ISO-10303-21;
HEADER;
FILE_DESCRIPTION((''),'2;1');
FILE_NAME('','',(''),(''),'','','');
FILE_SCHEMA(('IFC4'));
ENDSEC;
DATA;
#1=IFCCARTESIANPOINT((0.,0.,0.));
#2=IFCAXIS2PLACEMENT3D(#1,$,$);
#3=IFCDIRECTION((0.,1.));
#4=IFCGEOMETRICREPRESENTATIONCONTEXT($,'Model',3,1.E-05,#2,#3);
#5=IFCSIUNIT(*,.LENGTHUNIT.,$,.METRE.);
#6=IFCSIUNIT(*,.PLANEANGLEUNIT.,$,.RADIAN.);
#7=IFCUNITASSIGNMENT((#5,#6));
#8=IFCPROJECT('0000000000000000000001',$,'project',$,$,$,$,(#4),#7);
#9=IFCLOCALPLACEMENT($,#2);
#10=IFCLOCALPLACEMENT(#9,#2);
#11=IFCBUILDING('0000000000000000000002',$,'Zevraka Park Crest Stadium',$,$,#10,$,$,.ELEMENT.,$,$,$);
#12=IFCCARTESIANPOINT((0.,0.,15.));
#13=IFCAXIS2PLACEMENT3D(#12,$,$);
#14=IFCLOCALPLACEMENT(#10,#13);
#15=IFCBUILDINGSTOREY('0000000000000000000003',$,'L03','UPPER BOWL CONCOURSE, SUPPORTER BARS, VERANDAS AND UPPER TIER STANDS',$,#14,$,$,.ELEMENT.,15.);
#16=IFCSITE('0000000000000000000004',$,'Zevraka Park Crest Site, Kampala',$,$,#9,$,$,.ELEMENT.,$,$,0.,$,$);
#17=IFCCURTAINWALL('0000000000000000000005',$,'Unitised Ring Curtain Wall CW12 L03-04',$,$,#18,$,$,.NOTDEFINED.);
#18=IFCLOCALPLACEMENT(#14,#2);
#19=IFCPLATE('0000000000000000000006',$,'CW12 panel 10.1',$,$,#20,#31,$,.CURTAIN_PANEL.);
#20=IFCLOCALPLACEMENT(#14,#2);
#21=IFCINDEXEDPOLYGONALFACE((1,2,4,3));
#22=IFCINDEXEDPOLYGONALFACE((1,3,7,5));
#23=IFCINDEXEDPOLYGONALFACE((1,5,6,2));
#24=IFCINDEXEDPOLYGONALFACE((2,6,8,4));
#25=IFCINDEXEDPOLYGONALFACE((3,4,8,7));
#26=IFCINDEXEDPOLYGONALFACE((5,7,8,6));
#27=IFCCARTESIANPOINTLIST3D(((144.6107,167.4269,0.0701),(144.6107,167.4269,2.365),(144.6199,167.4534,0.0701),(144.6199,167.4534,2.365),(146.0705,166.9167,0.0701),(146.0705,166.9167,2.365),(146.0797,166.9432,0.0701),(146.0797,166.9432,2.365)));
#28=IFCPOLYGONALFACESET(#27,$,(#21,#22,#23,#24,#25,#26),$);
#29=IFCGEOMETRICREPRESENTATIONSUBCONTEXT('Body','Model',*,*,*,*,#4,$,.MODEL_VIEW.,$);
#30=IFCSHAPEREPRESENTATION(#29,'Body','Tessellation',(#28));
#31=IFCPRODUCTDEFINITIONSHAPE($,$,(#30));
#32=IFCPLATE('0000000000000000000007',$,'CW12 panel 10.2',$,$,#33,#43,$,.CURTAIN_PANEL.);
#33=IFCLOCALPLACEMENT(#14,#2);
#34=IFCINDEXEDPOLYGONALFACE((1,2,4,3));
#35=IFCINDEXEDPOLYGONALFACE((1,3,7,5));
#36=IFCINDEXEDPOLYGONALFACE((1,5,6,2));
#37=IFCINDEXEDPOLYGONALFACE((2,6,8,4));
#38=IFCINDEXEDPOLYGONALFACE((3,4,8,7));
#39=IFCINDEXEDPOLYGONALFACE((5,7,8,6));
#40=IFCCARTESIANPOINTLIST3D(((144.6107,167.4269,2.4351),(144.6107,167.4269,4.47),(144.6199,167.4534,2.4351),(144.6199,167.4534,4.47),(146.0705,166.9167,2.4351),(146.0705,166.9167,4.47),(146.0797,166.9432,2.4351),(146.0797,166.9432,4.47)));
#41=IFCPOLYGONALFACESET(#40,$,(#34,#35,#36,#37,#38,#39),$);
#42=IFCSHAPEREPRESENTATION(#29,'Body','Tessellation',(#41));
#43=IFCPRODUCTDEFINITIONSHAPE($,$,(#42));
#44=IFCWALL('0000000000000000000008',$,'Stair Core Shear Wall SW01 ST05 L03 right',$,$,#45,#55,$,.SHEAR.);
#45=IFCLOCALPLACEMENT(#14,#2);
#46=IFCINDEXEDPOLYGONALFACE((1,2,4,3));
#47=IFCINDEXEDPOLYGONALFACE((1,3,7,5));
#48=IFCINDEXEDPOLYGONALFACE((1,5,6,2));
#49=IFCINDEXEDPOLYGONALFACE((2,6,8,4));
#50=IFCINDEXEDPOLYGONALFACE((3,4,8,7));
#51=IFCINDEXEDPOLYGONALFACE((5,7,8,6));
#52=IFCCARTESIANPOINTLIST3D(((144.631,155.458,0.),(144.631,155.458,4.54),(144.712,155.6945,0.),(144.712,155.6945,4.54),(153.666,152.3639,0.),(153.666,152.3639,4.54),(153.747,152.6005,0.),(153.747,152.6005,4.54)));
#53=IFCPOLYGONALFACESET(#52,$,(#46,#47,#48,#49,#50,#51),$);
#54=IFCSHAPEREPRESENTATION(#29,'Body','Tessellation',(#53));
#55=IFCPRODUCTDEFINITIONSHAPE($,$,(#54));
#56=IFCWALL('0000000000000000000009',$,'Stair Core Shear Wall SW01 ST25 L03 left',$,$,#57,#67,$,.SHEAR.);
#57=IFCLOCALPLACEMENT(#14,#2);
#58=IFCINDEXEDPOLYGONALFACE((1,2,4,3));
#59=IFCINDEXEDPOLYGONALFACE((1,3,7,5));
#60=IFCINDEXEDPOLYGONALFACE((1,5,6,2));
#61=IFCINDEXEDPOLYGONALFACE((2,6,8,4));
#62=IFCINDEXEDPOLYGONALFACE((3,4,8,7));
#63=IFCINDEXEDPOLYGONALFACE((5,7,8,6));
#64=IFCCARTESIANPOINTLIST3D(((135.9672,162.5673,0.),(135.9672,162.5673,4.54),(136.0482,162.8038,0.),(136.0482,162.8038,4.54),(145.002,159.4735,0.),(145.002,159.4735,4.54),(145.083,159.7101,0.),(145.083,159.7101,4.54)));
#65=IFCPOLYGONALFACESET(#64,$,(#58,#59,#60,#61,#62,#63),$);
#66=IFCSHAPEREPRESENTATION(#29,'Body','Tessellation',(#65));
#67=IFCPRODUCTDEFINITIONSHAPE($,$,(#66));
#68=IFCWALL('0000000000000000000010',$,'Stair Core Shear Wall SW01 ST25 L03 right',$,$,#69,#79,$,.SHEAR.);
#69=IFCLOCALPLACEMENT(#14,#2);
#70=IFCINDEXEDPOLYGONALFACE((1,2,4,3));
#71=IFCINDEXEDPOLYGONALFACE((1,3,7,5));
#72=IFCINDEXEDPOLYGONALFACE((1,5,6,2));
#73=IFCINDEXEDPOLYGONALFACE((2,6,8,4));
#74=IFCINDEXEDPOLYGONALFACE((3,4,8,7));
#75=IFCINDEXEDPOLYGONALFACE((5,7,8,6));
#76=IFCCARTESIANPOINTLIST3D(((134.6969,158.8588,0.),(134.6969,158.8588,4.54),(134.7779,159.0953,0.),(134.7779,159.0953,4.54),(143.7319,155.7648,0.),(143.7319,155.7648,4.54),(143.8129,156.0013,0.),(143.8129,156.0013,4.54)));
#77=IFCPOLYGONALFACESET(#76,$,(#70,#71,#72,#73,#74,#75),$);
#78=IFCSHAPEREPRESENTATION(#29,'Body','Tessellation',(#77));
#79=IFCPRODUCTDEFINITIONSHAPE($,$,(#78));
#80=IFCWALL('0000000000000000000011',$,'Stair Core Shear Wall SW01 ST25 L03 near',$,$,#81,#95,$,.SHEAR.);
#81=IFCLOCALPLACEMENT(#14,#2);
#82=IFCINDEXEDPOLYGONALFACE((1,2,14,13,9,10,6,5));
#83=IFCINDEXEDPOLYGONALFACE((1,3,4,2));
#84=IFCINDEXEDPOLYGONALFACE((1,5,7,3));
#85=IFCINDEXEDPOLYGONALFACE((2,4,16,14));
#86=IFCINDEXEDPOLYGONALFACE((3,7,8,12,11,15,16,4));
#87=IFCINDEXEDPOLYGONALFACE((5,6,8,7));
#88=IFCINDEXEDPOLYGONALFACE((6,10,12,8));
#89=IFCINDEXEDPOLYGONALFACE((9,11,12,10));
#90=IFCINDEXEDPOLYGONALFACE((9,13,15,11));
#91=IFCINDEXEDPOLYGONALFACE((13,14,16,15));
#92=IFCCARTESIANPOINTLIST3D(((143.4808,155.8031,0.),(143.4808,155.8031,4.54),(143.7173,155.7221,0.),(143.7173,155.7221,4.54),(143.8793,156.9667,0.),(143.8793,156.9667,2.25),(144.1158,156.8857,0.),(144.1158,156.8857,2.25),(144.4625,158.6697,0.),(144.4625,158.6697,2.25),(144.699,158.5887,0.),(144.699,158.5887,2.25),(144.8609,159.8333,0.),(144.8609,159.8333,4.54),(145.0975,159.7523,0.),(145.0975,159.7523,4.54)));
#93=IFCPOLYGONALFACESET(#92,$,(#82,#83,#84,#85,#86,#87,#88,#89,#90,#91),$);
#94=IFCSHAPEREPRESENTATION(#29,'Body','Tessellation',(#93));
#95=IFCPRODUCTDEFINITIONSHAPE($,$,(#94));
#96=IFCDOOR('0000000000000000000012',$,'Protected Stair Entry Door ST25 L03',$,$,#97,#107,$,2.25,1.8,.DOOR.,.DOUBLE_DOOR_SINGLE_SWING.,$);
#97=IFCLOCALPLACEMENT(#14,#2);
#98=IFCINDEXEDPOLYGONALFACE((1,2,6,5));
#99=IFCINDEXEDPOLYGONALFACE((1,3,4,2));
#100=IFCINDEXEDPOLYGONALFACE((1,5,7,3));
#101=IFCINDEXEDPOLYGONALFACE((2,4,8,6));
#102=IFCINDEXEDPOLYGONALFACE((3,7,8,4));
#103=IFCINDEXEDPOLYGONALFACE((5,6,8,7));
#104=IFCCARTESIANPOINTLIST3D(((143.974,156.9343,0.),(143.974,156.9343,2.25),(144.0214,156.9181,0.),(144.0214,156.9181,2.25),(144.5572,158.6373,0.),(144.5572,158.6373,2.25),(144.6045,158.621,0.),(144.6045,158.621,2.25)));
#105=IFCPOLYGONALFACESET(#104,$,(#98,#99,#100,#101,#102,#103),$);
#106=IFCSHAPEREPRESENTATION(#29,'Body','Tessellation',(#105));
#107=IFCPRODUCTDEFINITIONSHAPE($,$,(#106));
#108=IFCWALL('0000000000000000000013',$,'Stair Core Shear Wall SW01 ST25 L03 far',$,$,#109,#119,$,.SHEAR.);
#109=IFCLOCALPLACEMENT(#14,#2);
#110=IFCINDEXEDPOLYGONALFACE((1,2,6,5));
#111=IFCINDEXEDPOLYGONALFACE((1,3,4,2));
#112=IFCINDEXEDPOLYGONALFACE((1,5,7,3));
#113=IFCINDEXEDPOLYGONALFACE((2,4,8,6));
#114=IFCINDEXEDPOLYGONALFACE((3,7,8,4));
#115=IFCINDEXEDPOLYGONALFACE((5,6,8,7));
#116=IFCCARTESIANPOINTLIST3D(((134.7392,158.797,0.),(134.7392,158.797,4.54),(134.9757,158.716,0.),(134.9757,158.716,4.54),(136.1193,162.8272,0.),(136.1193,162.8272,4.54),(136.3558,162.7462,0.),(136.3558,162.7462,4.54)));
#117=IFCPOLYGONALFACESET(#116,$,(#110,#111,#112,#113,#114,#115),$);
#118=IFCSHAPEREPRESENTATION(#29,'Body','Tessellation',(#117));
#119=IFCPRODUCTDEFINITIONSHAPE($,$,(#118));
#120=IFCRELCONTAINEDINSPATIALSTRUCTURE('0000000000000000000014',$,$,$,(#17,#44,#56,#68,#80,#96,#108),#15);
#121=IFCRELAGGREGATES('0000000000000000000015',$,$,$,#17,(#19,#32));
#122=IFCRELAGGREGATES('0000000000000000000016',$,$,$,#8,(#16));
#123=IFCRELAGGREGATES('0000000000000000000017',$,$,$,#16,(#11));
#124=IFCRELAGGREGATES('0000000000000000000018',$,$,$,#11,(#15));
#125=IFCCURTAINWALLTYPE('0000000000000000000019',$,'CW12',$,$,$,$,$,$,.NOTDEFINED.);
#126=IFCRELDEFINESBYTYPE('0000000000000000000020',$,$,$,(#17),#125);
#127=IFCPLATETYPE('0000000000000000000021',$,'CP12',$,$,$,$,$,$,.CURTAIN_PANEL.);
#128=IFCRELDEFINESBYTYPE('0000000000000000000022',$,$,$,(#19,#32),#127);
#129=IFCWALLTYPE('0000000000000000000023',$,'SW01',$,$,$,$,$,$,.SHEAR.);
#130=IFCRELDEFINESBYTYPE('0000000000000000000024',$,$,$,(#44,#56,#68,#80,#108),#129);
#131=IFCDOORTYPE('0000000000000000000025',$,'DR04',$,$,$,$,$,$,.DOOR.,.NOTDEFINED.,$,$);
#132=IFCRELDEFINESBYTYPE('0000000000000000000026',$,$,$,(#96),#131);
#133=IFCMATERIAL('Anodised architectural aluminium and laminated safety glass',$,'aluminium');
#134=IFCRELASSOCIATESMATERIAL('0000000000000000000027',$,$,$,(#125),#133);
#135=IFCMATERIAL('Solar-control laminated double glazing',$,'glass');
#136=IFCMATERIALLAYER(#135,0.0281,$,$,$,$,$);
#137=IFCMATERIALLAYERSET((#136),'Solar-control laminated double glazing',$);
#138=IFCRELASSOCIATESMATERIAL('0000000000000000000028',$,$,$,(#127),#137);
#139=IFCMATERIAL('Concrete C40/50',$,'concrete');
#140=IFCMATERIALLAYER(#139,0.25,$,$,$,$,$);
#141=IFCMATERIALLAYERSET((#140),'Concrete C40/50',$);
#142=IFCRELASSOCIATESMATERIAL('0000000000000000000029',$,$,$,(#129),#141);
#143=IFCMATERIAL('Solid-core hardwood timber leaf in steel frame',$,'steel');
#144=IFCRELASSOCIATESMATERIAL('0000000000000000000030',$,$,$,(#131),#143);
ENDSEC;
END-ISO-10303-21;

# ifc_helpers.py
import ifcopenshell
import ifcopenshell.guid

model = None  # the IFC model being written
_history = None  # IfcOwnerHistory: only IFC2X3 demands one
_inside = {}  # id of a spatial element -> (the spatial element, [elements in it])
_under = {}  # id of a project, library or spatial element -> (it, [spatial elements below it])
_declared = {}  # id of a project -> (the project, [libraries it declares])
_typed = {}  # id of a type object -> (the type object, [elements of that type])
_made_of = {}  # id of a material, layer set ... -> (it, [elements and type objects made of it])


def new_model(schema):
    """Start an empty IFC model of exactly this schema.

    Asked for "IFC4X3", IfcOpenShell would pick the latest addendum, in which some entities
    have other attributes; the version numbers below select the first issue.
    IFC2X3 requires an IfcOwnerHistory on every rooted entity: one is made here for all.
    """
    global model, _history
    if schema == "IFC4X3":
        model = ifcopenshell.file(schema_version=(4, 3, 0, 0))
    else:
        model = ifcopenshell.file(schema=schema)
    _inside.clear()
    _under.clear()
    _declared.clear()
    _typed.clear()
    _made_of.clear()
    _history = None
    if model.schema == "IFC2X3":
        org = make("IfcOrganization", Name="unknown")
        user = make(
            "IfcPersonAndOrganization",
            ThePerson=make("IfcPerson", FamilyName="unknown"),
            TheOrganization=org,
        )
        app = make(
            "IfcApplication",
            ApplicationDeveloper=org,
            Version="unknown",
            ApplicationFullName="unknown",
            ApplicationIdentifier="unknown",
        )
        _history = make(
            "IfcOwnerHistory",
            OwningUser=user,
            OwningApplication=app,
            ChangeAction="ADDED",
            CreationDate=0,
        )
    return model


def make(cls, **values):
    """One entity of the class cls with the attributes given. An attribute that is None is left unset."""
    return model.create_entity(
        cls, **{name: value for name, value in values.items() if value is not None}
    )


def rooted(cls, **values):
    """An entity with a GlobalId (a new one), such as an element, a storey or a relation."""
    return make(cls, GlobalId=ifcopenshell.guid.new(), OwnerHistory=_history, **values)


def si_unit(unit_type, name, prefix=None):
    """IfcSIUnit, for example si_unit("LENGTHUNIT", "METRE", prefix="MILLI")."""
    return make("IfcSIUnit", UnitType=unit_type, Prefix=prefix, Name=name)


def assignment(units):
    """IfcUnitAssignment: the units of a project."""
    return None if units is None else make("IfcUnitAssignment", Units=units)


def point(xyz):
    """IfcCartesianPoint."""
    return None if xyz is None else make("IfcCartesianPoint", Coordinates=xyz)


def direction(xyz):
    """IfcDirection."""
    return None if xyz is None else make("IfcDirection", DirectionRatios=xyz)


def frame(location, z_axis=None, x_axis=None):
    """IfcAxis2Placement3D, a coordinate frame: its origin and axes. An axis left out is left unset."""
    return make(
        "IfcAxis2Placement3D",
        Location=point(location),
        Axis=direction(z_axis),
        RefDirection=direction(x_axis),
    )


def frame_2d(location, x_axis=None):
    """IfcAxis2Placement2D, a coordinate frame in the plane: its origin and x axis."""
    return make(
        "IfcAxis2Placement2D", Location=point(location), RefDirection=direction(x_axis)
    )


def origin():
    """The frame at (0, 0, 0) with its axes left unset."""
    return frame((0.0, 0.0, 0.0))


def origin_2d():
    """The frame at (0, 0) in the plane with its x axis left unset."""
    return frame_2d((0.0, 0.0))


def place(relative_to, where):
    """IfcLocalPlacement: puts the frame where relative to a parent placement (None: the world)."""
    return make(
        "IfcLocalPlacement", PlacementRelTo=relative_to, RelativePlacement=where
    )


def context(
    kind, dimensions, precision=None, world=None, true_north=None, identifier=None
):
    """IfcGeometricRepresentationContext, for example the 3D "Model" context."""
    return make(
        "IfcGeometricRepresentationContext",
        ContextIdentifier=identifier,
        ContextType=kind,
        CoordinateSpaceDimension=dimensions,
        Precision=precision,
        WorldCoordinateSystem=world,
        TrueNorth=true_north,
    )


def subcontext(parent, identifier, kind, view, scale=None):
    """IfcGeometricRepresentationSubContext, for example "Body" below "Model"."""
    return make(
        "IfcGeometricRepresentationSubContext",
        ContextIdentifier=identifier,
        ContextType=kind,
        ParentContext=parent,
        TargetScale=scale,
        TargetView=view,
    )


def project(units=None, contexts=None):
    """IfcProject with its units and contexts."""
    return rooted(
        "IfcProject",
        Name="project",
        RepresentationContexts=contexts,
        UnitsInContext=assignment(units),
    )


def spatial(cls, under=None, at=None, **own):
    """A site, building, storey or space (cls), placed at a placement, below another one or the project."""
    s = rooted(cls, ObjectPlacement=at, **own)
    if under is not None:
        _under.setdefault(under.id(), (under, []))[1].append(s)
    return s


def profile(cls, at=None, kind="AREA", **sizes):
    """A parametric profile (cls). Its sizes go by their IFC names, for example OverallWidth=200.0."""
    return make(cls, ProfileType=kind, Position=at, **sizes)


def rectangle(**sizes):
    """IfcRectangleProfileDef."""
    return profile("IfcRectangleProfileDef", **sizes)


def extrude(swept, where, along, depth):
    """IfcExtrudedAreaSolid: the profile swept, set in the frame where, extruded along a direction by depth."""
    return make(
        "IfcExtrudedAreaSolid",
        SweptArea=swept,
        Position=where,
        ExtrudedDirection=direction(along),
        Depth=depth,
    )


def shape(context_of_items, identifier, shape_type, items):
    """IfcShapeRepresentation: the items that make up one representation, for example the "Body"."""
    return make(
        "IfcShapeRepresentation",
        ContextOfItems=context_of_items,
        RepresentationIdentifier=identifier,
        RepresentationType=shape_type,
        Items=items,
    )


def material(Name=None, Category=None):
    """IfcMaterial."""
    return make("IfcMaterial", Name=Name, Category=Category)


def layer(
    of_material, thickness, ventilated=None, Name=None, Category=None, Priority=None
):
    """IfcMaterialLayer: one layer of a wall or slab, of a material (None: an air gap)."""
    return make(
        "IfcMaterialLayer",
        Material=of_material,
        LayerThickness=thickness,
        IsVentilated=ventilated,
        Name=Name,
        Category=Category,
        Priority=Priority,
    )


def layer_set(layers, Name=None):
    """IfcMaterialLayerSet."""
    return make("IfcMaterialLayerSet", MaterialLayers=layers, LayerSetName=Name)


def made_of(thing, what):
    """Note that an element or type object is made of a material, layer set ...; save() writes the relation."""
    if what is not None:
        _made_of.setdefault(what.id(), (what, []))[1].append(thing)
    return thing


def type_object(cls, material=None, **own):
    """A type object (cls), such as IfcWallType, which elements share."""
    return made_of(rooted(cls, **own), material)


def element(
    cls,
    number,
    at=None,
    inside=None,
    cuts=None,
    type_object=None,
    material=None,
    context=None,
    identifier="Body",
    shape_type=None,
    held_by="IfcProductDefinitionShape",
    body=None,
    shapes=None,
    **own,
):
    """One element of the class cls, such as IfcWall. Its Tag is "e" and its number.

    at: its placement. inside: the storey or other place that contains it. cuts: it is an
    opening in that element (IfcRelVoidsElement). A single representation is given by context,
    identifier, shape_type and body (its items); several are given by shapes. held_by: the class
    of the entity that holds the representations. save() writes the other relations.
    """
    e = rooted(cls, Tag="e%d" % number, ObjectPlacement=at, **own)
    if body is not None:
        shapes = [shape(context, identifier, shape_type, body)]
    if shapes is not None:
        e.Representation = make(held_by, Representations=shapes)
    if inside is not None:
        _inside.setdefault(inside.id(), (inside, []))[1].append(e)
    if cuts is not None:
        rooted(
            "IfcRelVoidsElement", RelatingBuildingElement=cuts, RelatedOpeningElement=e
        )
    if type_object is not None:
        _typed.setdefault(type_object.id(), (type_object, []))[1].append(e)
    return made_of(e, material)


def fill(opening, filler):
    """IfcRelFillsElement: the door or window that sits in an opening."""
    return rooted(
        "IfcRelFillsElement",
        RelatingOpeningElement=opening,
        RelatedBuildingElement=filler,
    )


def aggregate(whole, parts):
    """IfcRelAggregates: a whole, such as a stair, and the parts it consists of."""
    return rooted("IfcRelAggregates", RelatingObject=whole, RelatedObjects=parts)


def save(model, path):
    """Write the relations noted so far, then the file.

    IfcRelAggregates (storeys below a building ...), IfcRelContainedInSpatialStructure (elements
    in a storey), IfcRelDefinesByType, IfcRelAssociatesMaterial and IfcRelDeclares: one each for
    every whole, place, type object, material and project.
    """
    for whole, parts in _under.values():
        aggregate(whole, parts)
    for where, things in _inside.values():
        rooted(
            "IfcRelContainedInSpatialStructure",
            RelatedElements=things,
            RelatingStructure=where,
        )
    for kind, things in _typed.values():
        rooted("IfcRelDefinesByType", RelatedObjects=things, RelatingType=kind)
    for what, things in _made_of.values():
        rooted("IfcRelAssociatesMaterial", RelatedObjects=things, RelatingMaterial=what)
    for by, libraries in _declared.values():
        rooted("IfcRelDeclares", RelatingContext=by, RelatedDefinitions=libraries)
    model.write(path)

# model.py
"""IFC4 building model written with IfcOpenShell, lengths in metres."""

from ifc_helpers import new_model, si_unit, direction, frame, frame_2d, origin, origin_2d, place, context, subcontext, project, spatial, rectangle, extrude, material, layer, layer_set, type_object, element, fill, aggregate, save


model = new_model("IFC4")

# Units and contexts
model_context = context("Model", 3, precision=1e-05, world=origin(), true_north=direction((0.0, 1.0)))
body_context = subcontext(model_context, "Body", "Model", "MODEL_VIEW")
ifc_project = project(units=[si_unit("LENGTHUNIT", "METRE"), si_unit("PLANEANGLEUNIT", "RADIAN")], contexts=[model_context])

# Site, building, storey
site_placement = place(None, origin())
site = spatial("IfcSite", under=ifc_project, at=site_placement, Name="Zevraka Park Crest Site, Kampala", CompositionType="ELEMENT", RefElevation=0.0)
building_placement = place(site_placement, origin())
building = spatial("IfcBuilding", under=site, at=building_placement, Name="Zevraka Park Crest Stadium", CompositionType="ELEMENT")
storey_placement = place(building_placement, frame((0.0, 0.0, 15.0)))
storey = spatial("IfcBuildingStorey", under=building, at=storey_placement, Name="L03", Description="UPPER BOWL CONCOURSE, SUPPORTER BARS, VERANDAS AND UPPER TIER STANDS", CompositionType="ELEMENT", Elevation=15.0)

# Curtain wall
ifc_material_1 = material(Name="Anodised architectural aluminium and laminated safety glass", Category="aluminium")
curtain_wall_type = type_object("IfcCurtainWallType", Name="CW12", PredefinedType="NOTDEFINED", material=ifc_material_1)
curtain_wall_placement = place(storey_placement, origin())
curtain_wall = element("IfcCurtainWall", 1, at=curtain_wall_placement, inside=storey, type_object=curtain_wall_type, Name="Unitised Ring Curtain Wall CW12 L03-04", PredefinedType="NOTDEFINED")

# Plates
ifc_material_2 = material(Name="Solar-control laminated double glazing", Category="glass")
ifc_layer_1 = layer(ifc_material_2, 0.0281)
ifc_layer_set_1 = layer_set([ifc_layer_1], Name="Solar-control laminated double glazing")
plate_type = type_object("IfcPlateType", Name="CP12", PredefinedType="CURTAIN_PANEL", material=ifc_layer_set_1)
plate_1_placement = place(storey_placement, frame((145.3452, 167.1851, 0.0701), z_axis=(0.0, 0.0, 1.0), x_axis=(-0.94401, 0.329917, 0.0)))
plate_1 = element("IfcPlate", 2, at=plate_1_placement, type_object=plate_type, Name="CW12 panel 10.1", PredefinedType="CURTAIN_PANEL", context=body_context, shape_type="SweptSolid", body=[
    extrude(rectangle(XDim=1.5464, YDim=0.0281, at=origin_2d()), origin(), (0.0, 0.0, 1.0), 2.2949),
])
plate_2_placement = place(storey_placement, frame((145.3452, 167.1851, 2.4351), z_axis=(0.0, 0.0, 1.0), x_axis=(-0.94401, 0.329917, 0.0)))
plate_2 = element("IfcPlate", 3, at=plate_2_placement, type_object=plate_type, Name="CW12 panel 10.2", PredefinedType="CURTAIN_PANEL", context=body_context, shape_type="SweptSolid", body=[
    extrude(rectangle(XDim=1.5464, YDim=0.0281, at=origin_2d()), origin(), (0.0, 0.0, 1.0), 2.0349),
])
aggregate(curtain_wall, [plate_1, plate_2])

# Walls
ifc_material_3 = material(Name="Concrete C40/50", Category="concrete")
ifc_layer_2 = layer(ifc_material_3, 0.25)
ifc_layer_set_2 = layer_set([ifc_layer_2], Name="Concrete C40/50")
wall_type = type_object("IfcWallType", Name="SW01", PredefinedType="SHEAR", material=ifc_layer_set_2)
wall_1_placement = place(storey_placement, frame((144.6716, 155.5762, 0.0), z_axis=(0.0, 0.0, 1.0), x_axis=(0.946064, -0.323979, 0.0)))
element("IfcWall", 4, at=wall_1_placement, inside=storey, type_object=wall_type, Name="Stair Core Shear Wall SW01 ST05 L03 right", PredefinedType="SHEAR", context=body_context, shape_type="SweptSolid", body=[
    extrude(rectangle(XDim=9.55, YDim=0.25, at=frame_2d((4.7749, 0.0))), origin(), (0.0, 0.0, 1.0), 4.54),
])
wall_2_placement = place(storey_placement, frame((145.0425, 159.5918, 0.0), z_axis=(0.0, 0.0, 1.0), x_axis=(-0.946072, 0.323956, 0.0)))
element("IfcWall", 5, at=wall_2_placement, inside=storey, type_object=wall_type, Name="Stair Core Shear Wall SW01 ST25 L03 left", PredefinedType="SHEAR", context=body_context, shape_type="SweptSolid", body=[
    extrude(rectangle(XDim=9.5498, YDim=0.25, at=frame_2d((4.7749, 0.0))), origin(), (0.0, 0.0, 1.0), 4.54),
])
wall_3_placement = place(storey_placement, frame((134.7375, 158.9771, 0.0), z_axis=(0.0, 0.0, 1.0), x_axis=(0.946064, -0.323979, 0.0)))
element("IfcWall", 6, at=wall_3_placement, inside=storey, type_object=wall_type, Name="Stair Core Shear Wall SW01 ST25 L03 right", PredefinedType="SHEAR", context=body_context, shape_type="SweptSolid", body=[
    extrude(rectangle(XDim=9.55, YDim=0.25, at=frame_2d((4.7749, 0.0))), origin(), (0.0, 0.0, 1.0), 4.54),
])

# Wall, opening, door
wall_4_placement = place(storey_placement, frame((143.5991, 155.7627, 0.0), z_axis=(0.0, 0.0, 1.0), x_axis=(0.323971, 0.946067, 0.0)))
wall_4 = element("IfcWall", 7, at=wall_4_placement, inside=storey, type_object=wall_type, Name="Stair Core Shear Wall SW01 ST25 L03 near", PredefinedType="SHEAR", context=body_context, shape_type="SweptSolid", body=[
    extrude(rectangle(XDim=4.26, YDim=0.25, at=frame_2d((2.1299, 0.0))), origin(), (0.0, 0.0, 1.0), 4.54),
])
opening_placement = place(wall_4_placement, frame((1.23, 0.0, 0.0)))
opening = element("IfcOpeningElement", 8, at=opening_placement, cuts=wall_4, PredefinedType="OPENING", context=body_context, shape_type="SweptSolid", body=[
    extrude(rectangle(XDim=1.8, YDim=2.25, at=frame_2d((0.8999, 1.125))), frame((0.0, 0.135, 0.0), z_axis=(0.0, -1.0, 0.0), x_axis=(1.0, 0.0, 0.0)), (0.0, 0.0, 1.0), 0.27),
])
ifc_material_4 = material(Name="Solid-core hardwood timber leaf in steel frame", Category="steel")
door_type = type_object("IfcDoorType", Name="DR04", OperationType="NOTDEFINED", PredefinedType="DOOR", material=ifc_material_4)
door_placement = place(opening_placement, origin())
door = element("IfcDoor", 9, at=door_placement, inside=storey, type_object=door_type, Name="Protected Stair Entry Door ST25 L03", OperationType="DOUBLE_DOOR_SINGLE_SWING", OverallHeight=2.25, OverallWidth=1.8, PredefinedType="DOOR", context=body_context, shape_type="SweptSolid", body=[
    extrude(rectangle(XDim=1.8, YDim=2.25, at=frame_2d((0.8999, 1.125))), frame((0.0, 0.0249, 0.0), z_axis=(0.0, -1.0, 0.0), x_axis=(1.0, 0.0, 0.0)), (0.0, 0.0, 1.0), 0.05),
])
fill(opening, door)

# Wall
wall_5_placement = place(storey_placement, frame((136.2375, 162.7866, 0.0), z_axis=(0.0, 0.0, 1.0), x_axis=(-0.323971, -0.946067, 0.0)))
element("IfcWall", 10, at=wall_5_placement, inside=storey, type_object=wall_type, Name="Stair Core Shear Wall SW01 ST25 L03 far", PredefinedType="SHEAR", context=body_context, shape_type="SweptSolid", body=[
    extrude(rectangle(XDim=4.26, YDim=0.25, at=frame_2d((2.1299, 0.0))), origin(), (0.0, 0.0, 1.0), 4.54),
])

save(model, "model.ifc")
